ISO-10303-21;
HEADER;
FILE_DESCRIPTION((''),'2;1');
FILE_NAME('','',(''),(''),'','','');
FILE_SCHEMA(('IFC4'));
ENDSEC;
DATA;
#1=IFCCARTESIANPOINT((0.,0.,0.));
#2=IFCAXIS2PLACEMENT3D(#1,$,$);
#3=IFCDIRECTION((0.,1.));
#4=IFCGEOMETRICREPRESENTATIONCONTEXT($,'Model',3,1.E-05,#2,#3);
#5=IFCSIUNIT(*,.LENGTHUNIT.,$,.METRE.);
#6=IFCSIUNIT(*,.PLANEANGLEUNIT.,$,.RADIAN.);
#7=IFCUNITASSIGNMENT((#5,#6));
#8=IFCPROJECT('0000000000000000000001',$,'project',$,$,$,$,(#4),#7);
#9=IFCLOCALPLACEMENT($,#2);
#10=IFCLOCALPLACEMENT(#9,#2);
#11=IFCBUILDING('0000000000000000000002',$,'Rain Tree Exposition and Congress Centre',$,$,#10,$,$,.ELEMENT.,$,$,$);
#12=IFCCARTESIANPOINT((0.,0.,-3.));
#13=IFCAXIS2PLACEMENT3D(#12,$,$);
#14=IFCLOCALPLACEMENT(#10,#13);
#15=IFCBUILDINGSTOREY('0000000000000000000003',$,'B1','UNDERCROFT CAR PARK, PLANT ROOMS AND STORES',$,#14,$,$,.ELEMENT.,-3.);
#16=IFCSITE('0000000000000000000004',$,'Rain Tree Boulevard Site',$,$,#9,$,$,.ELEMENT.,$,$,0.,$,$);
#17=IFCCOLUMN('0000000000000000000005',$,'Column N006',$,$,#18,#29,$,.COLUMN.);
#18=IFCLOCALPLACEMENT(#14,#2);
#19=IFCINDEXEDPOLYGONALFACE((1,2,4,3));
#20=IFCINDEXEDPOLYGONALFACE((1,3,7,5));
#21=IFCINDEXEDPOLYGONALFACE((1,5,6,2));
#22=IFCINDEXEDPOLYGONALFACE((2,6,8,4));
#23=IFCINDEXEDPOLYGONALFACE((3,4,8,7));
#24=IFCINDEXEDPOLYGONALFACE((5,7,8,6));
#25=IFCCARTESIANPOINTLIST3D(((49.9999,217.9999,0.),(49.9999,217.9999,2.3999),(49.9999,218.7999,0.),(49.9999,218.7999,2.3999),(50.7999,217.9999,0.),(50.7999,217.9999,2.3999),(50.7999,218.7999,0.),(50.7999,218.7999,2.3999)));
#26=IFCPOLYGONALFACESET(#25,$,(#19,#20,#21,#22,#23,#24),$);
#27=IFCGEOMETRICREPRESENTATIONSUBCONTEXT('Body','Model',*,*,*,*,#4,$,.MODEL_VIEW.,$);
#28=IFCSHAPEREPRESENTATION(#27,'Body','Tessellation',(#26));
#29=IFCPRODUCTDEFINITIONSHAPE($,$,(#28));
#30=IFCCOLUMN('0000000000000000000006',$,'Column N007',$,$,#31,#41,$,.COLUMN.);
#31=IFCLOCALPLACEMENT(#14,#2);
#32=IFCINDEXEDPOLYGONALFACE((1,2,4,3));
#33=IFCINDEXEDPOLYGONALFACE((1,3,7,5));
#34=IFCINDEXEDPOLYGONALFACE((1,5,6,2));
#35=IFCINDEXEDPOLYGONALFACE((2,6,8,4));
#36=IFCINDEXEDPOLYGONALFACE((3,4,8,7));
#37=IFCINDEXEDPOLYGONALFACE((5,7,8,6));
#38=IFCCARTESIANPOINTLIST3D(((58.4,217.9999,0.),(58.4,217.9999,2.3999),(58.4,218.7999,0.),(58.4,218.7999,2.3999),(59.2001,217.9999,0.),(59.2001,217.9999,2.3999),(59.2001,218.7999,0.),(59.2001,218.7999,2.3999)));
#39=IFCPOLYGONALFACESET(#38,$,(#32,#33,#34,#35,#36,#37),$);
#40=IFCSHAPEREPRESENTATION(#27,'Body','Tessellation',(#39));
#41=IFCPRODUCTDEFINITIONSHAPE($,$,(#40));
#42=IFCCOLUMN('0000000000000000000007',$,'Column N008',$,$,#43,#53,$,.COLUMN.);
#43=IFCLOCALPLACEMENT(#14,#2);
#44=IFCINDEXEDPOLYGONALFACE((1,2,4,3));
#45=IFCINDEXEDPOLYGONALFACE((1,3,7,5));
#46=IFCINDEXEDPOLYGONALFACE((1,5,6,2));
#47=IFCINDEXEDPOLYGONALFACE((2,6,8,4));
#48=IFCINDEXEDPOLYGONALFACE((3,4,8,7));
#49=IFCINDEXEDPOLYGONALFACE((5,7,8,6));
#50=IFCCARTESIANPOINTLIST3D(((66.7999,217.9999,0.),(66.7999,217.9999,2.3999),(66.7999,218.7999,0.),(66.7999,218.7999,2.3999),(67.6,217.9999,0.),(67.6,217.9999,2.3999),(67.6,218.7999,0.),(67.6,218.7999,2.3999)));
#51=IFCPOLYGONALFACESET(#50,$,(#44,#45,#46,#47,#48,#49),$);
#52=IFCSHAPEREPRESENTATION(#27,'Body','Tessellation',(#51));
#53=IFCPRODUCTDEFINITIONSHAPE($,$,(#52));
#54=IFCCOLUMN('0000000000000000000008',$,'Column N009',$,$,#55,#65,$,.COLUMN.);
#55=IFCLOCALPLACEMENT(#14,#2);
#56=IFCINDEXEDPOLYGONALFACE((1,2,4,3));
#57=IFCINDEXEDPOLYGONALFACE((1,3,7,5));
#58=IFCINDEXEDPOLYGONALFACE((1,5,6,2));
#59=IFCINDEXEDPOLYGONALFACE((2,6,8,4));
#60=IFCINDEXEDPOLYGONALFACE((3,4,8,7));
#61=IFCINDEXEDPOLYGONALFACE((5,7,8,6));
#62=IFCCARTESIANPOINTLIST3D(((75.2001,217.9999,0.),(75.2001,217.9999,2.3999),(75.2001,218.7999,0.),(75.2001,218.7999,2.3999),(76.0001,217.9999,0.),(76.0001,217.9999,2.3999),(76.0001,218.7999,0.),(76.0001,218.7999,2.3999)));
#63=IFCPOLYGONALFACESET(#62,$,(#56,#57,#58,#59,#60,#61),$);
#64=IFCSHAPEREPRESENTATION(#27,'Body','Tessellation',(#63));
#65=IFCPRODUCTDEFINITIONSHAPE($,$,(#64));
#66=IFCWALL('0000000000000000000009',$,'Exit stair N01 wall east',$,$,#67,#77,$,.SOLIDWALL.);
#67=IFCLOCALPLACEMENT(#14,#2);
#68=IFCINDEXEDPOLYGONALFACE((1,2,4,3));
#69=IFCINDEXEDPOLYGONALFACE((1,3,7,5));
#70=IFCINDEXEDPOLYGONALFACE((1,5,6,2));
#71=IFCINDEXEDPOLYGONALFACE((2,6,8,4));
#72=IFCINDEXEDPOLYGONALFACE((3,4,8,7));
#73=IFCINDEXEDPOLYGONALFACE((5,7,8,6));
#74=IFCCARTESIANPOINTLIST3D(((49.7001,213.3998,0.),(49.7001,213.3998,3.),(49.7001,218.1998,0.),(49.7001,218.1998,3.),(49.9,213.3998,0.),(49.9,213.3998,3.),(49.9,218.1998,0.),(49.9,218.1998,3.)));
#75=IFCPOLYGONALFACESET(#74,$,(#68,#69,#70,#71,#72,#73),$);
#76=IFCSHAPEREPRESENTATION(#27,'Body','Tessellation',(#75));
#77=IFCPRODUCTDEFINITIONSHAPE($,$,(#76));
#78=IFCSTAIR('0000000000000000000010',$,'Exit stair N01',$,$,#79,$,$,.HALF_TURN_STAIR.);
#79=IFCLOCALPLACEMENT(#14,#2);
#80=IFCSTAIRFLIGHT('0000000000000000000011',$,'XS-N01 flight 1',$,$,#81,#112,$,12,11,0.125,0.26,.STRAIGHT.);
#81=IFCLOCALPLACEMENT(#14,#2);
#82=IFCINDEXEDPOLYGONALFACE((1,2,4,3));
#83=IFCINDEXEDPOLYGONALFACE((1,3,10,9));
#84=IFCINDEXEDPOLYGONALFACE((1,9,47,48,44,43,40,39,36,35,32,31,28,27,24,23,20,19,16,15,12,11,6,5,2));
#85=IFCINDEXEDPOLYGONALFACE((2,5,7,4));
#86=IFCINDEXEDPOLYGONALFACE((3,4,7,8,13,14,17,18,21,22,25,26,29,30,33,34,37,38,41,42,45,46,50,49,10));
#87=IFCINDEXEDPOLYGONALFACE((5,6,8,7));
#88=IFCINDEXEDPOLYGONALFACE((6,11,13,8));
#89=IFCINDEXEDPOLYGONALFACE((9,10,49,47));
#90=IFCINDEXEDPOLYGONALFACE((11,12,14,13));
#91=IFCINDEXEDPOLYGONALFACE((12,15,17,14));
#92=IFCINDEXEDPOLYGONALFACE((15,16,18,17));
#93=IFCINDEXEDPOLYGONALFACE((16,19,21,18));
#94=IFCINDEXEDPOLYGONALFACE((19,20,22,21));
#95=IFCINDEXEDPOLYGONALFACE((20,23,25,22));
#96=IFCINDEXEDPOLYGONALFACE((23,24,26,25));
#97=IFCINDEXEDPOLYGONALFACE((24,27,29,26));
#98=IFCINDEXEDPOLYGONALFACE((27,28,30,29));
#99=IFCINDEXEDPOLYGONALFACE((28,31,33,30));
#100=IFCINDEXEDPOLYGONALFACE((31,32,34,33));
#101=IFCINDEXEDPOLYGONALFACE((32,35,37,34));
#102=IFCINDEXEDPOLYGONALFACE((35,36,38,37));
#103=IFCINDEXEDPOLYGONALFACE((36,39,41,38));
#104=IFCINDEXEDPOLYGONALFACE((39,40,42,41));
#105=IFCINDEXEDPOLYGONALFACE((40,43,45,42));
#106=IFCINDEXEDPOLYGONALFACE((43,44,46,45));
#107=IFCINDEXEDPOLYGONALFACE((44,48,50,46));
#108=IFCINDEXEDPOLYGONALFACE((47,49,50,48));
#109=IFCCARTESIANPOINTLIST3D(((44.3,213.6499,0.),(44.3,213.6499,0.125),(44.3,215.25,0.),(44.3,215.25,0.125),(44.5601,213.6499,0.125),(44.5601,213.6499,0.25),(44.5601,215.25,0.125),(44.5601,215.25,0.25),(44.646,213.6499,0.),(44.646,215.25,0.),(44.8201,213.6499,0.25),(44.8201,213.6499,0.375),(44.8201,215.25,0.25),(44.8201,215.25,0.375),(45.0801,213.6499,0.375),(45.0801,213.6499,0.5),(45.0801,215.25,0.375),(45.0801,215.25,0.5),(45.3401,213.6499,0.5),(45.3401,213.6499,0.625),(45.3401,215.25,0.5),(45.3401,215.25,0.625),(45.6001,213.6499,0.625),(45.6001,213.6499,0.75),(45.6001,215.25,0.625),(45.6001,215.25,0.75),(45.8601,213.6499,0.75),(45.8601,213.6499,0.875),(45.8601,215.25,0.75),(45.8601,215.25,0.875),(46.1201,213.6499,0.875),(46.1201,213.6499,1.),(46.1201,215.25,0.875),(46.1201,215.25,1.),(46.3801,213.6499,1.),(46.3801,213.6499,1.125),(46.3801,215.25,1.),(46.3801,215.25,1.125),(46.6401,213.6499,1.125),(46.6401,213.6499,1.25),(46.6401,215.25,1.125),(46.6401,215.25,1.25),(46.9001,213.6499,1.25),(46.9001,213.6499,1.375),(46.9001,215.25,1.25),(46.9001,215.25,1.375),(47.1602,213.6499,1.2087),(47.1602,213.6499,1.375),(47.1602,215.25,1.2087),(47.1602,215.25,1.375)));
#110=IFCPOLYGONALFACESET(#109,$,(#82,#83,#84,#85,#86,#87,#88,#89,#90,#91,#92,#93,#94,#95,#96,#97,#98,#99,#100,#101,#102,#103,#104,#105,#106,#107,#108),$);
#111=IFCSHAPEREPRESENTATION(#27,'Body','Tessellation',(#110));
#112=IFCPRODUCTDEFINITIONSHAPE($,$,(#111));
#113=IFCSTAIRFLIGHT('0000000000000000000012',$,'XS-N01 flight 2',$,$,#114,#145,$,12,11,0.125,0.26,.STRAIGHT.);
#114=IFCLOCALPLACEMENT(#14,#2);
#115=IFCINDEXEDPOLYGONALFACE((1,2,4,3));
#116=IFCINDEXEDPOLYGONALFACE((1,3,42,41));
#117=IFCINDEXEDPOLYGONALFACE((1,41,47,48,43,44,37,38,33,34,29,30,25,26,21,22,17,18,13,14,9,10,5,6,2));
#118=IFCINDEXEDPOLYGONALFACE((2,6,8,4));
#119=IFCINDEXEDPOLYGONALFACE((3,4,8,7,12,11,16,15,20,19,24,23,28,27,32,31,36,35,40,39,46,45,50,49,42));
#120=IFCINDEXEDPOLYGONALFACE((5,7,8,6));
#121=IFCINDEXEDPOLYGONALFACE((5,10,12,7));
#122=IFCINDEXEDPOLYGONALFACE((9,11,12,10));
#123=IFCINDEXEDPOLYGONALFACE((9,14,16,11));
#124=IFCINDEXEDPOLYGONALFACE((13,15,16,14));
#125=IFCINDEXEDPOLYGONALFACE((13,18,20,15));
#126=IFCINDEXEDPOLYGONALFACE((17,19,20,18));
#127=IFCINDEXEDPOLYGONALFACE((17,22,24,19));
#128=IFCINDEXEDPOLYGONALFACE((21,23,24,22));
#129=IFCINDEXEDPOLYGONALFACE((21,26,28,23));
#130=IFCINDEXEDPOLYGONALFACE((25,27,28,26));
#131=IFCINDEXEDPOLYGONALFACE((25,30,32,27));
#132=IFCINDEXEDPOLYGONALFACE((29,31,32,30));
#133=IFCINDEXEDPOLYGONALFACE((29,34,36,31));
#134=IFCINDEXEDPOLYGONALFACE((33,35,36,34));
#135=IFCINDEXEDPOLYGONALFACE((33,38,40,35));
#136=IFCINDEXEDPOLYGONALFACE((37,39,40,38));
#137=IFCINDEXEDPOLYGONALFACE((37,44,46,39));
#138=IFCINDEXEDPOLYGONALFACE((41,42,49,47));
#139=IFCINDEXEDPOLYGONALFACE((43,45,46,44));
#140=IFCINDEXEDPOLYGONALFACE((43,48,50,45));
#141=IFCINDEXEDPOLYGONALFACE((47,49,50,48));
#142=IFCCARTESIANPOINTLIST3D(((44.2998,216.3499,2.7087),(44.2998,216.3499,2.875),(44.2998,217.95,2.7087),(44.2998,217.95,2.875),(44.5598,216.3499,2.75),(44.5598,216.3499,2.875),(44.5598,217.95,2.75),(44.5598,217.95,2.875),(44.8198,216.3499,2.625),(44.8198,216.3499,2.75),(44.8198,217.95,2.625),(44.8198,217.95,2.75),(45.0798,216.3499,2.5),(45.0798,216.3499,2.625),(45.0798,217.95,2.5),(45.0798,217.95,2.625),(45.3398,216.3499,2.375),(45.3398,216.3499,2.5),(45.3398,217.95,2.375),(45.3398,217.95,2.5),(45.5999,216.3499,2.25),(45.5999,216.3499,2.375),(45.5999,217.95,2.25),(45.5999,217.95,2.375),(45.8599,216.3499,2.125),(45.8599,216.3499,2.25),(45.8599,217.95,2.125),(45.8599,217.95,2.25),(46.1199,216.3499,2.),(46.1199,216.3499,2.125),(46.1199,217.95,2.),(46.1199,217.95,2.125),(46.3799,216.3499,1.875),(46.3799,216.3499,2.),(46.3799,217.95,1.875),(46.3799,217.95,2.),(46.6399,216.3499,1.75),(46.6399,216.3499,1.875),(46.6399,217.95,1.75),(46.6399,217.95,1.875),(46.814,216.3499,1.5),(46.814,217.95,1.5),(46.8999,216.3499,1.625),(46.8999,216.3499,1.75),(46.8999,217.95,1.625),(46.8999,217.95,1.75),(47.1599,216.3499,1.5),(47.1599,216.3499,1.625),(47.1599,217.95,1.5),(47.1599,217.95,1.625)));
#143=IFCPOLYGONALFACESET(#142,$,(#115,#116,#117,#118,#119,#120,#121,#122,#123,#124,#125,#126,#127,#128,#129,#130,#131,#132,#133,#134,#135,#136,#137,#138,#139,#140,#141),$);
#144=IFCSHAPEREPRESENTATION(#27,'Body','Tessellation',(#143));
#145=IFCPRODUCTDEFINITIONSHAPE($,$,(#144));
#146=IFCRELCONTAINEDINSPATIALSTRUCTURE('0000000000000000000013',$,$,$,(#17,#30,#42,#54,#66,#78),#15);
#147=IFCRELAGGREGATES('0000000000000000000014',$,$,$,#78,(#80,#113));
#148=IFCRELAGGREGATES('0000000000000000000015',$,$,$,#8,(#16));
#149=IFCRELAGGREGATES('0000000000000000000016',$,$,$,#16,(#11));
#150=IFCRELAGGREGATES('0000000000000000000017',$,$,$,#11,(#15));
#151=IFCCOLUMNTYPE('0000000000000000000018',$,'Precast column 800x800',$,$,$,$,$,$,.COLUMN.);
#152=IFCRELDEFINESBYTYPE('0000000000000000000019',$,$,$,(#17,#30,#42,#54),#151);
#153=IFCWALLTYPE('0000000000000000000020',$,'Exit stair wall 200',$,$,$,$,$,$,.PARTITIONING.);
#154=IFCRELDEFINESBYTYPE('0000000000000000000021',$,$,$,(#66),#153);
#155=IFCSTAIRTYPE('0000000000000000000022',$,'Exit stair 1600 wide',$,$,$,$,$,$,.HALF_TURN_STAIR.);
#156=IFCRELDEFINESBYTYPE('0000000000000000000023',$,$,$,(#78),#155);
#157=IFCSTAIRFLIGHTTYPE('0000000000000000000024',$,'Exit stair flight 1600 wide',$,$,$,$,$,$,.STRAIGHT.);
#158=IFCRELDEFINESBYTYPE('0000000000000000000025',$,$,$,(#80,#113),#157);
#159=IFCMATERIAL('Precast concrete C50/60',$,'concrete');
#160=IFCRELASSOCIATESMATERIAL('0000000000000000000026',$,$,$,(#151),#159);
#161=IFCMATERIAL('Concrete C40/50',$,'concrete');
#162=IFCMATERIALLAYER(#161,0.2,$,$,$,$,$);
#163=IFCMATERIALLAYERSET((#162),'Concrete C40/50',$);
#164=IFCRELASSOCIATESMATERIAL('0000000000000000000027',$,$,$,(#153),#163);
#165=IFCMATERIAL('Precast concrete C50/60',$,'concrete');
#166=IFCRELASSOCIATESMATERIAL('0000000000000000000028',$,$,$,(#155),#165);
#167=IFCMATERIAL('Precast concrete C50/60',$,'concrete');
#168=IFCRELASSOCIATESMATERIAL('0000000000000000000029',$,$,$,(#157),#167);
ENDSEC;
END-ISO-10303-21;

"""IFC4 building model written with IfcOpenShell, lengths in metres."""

from ifc_helpers import new_model, si_unit, direction, frame, frame_2d, origin, origin_2d, place, context, subcontext, project, spatial, polyline, rectangle, outline, extrude, material, layer, layer_set, material_profile, profile_set, type_object, element, aggregate, save


model = new_model("IFC4")

# Units and contexts
model_context = context("Model", 3, precision=1e-05, world=origin(), true_north=direction((0.0, 1.0)))
body_context = subcontext(model_context, "Body", "Model", "MODEL_VIEW")
ifc_project = project(units=[si_unit("LENGTHUNIT", "METRE"), si_unit("PLANEANGLEUNIT", "RADIAN")], contexts=[model_context])

# Site, building, storey
site_placement = place(None, origin())
site = spatial("IfcSite", under=ifc_project, at=site_placement, Name="Rain Tree Boulevard Site", CompositionType="ELEMENT", RefElevation=0.0)
building_placement = place(site_placement, origin())
building = spatial("IfcBuilding", under=site, at=building_placement, Name="Rain Tree Exposition and Congress Centre", CompositionType="ELEMENT")
storey_placement = place(building_placement, frame((0.0, 0.0, -3.0)))
storey = spatial("IfcBuildingStorey", under=building, at=storey_placement, Name="B1", Description="UNDERCROFT CAR PARK, PLANT ROOMS AND STORES", CompositionType="ELEMENT", Elevation=-3.0)

# Columns
ifc_material_1 = material(Name="Precast concrete C50/60", Category="concrete")
ifc_material_profile_1 = material_profile(ifc_material_1, rectangle(XDim=0.8, YDim=0.8, at=origin_2d()), Name="RC 800x800")
ifc_profile_set_1 = profile_set([ifc_material_profile_1], Name="Precast concrete C50/60")
column_type = type_object("IfcColumnType", Name="Precast column 800x800", PredefinedType="COLUMN", material=ifc_profile_set_1)
for number, where, z_axis, x_axis, name in (
    (1, (50.3999, 218.3999, 0.0), (0.0, 0.0, 1.0), (1.0, 0.0, 0.0), "Column N006"),
    (2, (58.8, 218.3999, 0.0), (0.0, 0.0, 1.0), (1.0, 0.0, 0.0), "Column N007"),
    (3, (67.2, 218.3999, 0.0), (0.0, 0.0, 1.0), (1.0, 0.0, 0.0), "Column N008"),
    (4, (75.6001, 218.3999, 0.0), (0.0, 0.0, 1.0), (1.0, 0.0, 0.0), "Column N009"),
):
    element("IfcColumn", number, at=place(storey_placement, frame(where, z_axis=z_axis, x_axis=x_axis)), inside=storey, type_object=column_type, Name=name, PredefinedType="COLUMN", context=body_context, shape_type="SweptSolid", body=[
        extrude(rectangle(XDim=0.8, YDim=0.8, at=origin_2d()), origin(), (0.0, 0.0, 1.0), 2.3999),
    ])

# Wall
ifc_material_2 = material(Name="Concrete C40/50", Category="concrete")
ifc_layer = layer(ifc_material_2, 0.2)
ifc_layer_set = layer_set([ifc_layer], Name="Concrete C40/50")
wall_type = type_object("IfcWallType", Name="Exit stair wall 200", PredefinedType="PARTITIONING", material=ifc_layer_set)
wall_placement = place(storey_placement, frame((49.8, 213.3999, 0.0), z_axis=(0.0, 0.0, 1.0), x_axis=(0.0, 1.0, 0.0)))
element("IfcWall", 5, at=wall_placement, inside=storey, type_object=wall_type, Name="Exit stair N01 wall east", PredefinedType="SOLIDWALL", context=body_context, shape_type="SweptSolid", body=[
    extrude(rectangle(XDim=4.8, YDim=0.2, at=frame_2d((2.3999, 0.0))), origin(), (0.0, 0.0, 1.0), 3.0),
])

# Stair, stair flights
ifc_material_3 = material(Name="Precast concrete C50/60", Category="concrete")
stair_type = type_object("IfcStairType", Name="Exit stair 1600 wide", PredefinedType="HALF_TURN_STAIR", material=ifc_material_3)
stair_placement = place(storey_placement, origin())
stair = element("IfcStair", 6, at=stair_placement, inside=storey, type_object=stair_type, Name="Exit stair N01", PredefinedType="HALF_TURN_STAIR")
ifc_material_4 = material(Name="Precast concrete C50/60", Category="concrete")
stair_flight_type = type_object("IfcStairFlightType", Name="Exit stair flight 1600 wide", PredefinedType="STRAIGHT", material=ifc_material_4)
stair_flight_1_placement = place(storey_placement, frame((44.3, 214.45, 0.0), z_axis=(0.0, 0.0, 1.0), x_axis=(1.0, 0.0, 0.0)))
stair_flight_1 = element("IfcStairFlight", 7, at=stair_flight_1_placement, type_object=stair_flight_type, Name="XS-N01 flight 1", NumberOfRisers=12, NumberOfTreads=11, PredefinedType="STRAIGHT", RiserHeight=0.125, TreadLength=0.26, context=body_context, shape_type="SweptSolid", body=[
    extrude(outline(polyline([(0.0, 0.0), (0.0, 0.125), (0.26, 0.125), (0.26, 0.25), (0.52, 0.25), (0.52, 0.375), (0.78, 0.375), (0.78, 0.5), (1.04, 0.5), (1.04, 0.625), (1.3, 0.625), (1.3, 0.75), (1.5601, 0.75), (1.5601, 0.875), (1.8201, 0.875), (1.8201, 1.0), (2.0801, 1.0), (2.0801, 1.125), (2.3401, 1.125), (2.3401, 1.25), (2.6001, 1.25), (2.6001, 1.375), (2.8601, 1.375), (2.8601, 1.5), (2.8601, 1.2087), (0.3459, 0.0), (0.0, 0.0)])), frame((0.0, 0.8, 0.0), z_axis=(0.0, -1.0, 0.0), x_axis=(1.0, 0.0, 0.0)), (0.0, 0.0, 1.0), 1.6001),
])
stair_flight_2_placement = place(storey_placement, frame((47.1599, 217.1499, 1.5), z_axis=(0.0, 0.0, 1.0), x_axis=(-1.0, 0.0, 0.0)))
stair_flight_2 = element("IfcStairFlight", 8, at=stair_flight_2_placement, type_object=stair_flight_type, Name="XS-N01 flight 2", NumberOfRisers=12, NumberOfTreads=11, PredefinedType="STRAIGHT", RiserHeight=0.125, TreadLength=0.26, context=body_context, shape_type="SweptSolid", body=[
    extrude(outline(polyline([(0.0, 0.0), (0.0, 0.125), (0.26, 0.125), (0.26, 0.25), (0.52, 0.25), (0.52, 0.375), (0.78, 0.375), (0.78, 0.5), (1.04, 0.5), (1.04, 0.625), (1.3, 0.625), (1.3, 0.75), (1.5601, 0.75), (1.5601, 0.875), (1.8201, 0.875), (1.8201, 1.0), (2.0801, 1.0), (2.0801, 1.125), (2.3401, 1.125), (2.3401, 1.25), (2.6001, 1.25), (2.6001, 1.375), (2.8601, 1.375), (2.8601, 1.5), (2.8601, 1.2087), (0.3459, 0.0), (0.0, 0.0)])), frame((0.0, 0.8, 0.0), z_axis=(0.0, -1.0, 0.0), x_axis=(1.0, 0.0, 0.0)), (0.0, 0.0, 1.0), 1.6001),
])
aggregate(stair, [stair_flight_1, stair_flight_2])

save(model, "model.ifc")
